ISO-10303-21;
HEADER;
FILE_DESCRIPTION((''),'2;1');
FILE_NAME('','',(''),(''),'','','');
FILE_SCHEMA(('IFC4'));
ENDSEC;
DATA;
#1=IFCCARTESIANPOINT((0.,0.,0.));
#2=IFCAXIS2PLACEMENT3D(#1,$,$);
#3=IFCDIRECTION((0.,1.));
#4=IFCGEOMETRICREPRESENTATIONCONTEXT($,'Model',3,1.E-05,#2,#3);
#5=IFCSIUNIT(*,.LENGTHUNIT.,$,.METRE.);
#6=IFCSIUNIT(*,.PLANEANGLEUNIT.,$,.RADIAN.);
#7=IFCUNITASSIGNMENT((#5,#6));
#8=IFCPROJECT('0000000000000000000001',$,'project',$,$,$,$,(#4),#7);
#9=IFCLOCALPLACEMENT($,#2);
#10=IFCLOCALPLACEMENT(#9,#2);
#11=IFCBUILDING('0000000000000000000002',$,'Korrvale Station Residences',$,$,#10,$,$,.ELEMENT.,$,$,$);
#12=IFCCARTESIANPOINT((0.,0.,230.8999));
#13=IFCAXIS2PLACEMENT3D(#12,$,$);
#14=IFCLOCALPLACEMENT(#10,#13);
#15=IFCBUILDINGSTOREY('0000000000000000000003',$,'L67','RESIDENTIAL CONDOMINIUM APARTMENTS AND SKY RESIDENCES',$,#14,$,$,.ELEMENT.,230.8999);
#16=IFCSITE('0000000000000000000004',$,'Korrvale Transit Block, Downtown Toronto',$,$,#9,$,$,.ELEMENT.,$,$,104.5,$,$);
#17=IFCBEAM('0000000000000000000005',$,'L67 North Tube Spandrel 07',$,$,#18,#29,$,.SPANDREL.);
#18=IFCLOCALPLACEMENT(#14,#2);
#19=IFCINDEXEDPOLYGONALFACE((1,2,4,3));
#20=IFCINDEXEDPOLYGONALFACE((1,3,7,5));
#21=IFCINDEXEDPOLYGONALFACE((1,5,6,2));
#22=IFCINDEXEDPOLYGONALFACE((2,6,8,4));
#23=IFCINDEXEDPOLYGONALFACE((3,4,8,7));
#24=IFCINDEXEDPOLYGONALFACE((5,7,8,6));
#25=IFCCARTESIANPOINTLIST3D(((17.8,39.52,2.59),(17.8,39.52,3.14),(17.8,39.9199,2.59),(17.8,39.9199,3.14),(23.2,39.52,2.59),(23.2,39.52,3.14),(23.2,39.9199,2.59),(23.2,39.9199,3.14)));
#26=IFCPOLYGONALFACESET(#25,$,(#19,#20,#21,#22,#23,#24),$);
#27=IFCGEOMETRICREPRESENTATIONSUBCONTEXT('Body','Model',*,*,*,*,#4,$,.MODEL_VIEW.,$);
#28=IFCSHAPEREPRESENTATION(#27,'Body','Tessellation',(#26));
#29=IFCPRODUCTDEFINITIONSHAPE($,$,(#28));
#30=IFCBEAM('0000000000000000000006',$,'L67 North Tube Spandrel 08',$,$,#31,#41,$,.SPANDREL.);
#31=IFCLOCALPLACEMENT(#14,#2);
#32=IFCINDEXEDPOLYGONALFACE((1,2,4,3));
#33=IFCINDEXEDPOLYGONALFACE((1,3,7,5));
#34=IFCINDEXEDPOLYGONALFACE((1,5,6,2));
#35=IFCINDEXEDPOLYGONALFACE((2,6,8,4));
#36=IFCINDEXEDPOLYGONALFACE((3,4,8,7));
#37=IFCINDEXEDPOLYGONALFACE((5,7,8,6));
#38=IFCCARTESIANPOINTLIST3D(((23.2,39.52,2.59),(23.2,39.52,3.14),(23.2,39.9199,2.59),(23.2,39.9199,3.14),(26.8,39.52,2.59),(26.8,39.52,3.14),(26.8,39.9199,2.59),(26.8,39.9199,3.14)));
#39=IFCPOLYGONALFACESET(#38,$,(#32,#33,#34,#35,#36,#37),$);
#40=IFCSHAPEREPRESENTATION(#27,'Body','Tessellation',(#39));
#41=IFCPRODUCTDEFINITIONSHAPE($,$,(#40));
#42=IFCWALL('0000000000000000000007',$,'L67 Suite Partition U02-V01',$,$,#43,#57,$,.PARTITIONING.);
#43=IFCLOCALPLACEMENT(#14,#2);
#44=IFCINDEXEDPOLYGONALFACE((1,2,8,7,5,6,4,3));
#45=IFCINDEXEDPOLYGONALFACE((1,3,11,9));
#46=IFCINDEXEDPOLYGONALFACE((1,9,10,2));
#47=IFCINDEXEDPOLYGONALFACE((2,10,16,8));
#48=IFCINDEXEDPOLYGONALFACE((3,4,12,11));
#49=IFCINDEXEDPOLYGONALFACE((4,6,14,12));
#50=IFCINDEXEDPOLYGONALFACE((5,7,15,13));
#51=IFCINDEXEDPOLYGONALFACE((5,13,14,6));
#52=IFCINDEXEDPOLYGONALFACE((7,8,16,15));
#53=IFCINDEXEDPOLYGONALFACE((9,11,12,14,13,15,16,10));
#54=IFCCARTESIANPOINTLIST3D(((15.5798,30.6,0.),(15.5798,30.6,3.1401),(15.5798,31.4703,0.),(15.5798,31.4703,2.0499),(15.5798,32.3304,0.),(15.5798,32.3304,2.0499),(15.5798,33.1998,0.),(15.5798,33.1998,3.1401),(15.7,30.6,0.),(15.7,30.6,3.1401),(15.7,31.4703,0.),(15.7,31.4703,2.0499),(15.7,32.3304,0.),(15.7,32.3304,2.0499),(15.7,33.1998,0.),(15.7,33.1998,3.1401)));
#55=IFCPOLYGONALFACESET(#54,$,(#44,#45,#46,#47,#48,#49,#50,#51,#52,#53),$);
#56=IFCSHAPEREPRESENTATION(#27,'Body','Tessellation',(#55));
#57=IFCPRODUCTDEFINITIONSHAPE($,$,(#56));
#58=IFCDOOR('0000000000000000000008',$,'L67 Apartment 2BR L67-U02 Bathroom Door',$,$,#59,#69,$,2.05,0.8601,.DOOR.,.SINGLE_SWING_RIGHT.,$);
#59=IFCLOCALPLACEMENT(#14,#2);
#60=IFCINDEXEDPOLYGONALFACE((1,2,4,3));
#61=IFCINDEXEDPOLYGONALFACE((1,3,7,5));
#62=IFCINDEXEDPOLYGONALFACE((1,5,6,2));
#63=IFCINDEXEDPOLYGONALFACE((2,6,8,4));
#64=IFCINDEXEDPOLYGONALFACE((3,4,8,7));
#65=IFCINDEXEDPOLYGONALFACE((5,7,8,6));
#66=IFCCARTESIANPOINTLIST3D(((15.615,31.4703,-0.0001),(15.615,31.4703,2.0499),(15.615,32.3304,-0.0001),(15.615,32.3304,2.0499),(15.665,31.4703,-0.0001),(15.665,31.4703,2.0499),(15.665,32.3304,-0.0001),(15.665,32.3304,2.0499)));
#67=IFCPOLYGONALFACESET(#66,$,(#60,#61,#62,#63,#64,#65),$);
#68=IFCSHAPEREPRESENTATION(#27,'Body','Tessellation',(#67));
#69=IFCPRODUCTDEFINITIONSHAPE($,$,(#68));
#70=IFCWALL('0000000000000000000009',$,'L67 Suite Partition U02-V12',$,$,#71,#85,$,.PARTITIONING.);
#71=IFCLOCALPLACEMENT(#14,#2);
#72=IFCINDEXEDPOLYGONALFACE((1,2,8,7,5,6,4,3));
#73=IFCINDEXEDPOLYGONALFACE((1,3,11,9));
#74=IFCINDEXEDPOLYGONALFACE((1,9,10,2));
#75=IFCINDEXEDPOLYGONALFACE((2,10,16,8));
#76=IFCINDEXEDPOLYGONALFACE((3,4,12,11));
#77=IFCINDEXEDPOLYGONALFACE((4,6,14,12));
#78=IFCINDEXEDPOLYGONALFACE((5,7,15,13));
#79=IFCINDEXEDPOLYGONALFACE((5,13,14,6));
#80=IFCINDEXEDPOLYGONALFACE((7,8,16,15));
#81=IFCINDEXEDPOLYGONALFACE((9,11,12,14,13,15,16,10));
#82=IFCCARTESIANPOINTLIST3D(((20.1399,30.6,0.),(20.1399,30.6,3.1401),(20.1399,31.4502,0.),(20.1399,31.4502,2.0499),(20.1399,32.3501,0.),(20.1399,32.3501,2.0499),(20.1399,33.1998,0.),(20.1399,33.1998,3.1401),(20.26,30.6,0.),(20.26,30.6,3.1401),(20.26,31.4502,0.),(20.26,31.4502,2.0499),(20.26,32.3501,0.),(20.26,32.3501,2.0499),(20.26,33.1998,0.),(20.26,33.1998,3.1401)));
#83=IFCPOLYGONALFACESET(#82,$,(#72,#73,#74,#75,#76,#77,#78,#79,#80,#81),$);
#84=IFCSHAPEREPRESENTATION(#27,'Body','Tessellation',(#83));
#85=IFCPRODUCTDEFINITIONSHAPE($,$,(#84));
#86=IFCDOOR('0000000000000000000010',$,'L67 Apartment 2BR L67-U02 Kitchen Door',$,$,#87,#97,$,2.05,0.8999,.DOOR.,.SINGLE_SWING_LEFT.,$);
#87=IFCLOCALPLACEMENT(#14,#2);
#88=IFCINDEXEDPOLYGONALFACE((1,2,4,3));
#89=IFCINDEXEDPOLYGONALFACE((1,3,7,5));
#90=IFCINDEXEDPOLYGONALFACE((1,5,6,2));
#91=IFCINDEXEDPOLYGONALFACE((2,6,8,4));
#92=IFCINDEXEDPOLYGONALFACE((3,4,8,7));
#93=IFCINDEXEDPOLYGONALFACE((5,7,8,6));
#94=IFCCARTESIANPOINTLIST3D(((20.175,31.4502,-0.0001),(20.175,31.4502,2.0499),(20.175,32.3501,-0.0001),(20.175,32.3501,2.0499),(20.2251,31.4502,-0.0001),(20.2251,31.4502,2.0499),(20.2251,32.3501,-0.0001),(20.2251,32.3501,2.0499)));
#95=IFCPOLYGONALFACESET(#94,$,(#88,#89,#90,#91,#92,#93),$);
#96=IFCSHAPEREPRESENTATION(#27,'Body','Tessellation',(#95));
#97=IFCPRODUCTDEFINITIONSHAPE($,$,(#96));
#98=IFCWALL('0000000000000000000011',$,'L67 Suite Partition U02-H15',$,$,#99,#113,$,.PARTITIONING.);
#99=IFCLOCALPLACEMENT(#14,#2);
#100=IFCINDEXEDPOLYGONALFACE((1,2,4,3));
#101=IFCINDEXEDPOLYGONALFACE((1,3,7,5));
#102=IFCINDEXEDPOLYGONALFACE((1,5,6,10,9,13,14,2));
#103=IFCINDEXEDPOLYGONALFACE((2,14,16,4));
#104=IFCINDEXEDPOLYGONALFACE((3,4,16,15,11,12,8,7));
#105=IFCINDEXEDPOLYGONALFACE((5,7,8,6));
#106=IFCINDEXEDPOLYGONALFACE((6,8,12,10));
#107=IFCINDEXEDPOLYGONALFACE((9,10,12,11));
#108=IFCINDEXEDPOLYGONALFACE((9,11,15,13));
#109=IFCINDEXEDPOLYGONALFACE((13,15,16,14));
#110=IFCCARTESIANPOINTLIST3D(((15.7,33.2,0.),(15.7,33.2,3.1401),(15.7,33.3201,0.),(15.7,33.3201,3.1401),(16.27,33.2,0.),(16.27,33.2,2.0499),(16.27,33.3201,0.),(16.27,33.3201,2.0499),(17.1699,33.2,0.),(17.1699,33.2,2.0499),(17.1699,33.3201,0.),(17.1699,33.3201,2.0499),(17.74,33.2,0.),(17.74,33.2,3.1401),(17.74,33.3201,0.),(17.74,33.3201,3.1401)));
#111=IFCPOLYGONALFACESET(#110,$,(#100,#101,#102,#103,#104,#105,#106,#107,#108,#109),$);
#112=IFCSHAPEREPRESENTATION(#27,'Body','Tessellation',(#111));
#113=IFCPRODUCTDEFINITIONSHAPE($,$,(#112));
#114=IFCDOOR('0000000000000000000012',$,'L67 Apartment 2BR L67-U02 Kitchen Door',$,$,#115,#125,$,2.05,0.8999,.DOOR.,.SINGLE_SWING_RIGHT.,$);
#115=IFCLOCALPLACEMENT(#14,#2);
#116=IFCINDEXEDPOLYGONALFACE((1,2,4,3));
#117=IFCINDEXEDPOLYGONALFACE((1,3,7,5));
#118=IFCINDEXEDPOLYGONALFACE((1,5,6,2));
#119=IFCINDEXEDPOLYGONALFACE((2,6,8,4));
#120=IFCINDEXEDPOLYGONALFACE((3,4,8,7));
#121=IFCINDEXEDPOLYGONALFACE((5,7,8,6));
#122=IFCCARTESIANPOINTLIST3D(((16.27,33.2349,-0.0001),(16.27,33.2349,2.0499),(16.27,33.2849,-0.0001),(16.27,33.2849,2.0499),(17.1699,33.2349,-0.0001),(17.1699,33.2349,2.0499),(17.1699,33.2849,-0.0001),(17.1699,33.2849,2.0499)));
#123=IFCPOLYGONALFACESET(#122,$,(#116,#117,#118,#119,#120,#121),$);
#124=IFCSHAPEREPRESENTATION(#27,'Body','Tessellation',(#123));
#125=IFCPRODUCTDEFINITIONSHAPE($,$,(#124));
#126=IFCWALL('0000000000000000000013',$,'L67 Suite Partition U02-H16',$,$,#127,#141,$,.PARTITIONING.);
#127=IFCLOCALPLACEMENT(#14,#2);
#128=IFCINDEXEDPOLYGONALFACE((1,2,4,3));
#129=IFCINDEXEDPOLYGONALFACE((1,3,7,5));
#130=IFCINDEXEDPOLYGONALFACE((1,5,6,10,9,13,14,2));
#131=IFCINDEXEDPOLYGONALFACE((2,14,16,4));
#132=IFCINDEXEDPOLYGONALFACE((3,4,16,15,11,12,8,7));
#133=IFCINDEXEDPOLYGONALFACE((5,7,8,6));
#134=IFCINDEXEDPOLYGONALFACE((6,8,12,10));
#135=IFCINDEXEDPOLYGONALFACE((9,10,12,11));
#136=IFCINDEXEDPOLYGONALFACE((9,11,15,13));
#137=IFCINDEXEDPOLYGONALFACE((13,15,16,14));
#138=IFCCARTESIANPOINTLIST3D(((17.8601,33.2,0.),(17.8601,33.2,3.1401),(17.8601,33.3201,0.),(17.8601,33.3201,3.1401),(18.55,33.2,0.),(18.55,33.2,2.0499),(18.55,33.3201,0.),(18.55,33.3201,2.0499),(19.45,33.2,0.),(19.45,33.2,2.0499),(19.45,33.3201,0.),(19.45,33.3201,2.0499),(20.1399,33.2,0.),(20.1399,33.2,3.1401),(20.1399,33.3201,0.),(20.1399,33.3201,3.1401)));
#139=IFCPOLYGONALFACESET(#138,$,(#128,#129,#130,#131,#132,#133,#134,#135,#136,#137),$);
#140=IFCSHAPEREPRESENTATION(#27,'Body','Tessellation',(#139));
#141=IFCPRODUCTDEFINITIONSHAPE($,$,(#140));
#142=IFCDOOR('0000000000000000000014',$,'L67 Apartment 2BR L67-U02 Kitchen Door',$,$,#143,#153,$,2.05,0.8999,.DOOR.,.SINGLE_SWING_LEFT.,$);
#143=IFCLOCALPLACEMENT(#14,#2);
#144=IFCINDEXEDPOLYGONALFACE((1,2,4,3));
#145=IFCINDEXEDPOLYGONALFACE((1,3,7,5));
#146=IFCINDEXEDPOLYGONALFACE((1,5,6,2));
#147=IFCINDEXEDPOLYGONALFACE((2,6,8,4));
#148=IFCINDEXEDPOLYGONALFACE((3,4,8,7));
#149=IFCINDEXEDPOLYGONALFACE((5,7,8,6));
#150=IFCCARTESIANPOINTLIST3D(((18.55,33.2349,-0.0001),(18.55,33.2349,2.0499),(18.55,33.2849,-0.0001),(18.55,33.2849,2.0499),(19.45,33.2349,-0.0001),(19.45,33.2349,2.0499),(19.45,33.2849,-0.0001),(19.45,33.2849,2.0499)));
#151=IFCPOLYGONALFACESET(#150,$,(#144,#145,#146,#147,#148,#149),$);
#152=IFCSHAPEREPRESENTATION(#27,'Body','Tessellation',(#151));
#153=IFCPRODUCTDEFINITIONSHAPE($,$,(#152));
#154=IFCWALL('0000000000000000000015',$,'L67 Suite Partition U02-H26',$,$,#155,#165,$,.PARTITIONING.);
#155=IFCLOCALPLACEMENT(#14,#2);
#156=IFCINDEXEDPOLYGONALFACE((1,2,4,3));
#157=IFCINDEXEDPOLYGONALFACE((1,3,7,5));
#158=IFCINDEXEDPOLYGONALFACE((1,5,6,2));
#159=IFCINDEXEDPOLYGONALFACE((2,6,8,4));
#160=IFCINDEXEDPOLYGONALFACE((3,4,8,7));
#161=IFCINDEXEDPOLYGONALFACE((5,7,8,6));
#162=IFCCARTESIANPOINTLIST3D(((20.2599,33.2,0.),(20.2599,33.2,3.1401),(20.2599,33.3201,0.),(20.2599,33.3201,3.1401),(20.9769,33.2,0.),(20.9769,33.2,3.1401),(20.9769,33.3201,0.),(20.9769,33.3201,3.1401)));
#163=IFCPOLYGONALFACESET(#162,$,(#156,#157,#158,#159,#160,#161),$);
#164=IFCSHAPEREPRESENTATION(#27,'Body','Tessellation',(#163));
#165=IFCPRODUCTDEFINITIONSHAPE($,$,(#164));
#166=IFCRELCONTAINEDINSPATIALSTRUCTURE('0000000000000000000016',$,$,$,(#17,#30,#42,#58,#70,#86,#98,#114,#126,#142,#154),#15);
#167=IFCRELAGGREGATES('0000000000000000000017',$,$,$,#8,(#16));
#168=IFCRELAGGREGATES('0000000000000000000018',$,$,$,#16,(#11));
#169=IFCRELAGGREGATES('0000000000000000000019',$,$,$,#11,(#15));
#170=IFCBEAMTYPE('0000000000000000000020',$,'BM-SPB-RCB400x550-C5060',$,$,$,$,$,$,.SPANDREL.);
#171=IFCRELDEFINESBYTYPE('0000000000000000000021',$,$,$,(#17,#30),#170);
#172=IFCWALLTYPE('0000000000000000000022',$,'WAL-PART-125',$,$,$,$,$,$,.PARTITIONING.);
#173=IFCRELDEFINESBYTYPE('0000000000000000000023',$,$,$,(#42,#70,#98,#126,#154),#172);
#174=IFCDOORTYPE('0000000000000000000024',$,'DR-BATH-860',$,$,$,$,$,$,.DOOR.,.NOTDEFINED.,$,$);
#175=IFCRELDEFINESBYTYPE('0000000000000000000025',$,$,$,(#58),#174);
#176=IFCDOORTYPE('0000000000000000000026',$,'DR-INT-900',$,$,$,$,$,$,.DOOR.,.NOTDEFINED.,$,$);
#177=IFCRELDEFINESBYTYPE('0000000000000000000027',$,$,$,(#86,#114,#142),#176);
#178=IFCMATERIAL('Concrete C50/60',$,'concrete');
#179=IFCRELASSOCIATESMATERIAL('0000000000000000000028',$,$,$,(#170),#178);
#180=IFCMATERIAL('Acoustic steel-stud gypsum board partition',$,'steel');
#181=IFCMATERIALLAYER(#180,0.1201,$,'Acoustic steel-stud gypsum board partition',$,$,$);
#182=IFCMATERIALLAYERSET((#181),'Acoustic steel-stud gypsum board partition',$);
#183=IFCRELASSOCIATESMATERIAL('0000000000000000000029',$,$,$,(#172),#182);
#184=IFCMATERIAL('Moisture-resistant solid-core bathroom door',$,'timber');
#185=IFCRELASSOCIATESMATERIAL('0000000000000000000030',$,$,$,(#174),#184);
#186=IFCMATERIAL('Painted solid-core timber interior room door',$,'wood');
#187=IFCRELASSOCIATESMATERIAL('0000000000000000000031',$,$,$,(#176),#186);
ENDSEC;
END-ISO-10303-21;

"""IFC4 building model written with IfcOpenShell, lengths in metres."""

from ifc_helpers import new_model, si_unit, direction, frame, frame_2d, origin, origin_2d, place, context, subcontext, project, spatial, rectangle, extrude, material, layer, layer_set, material_profile, profile_set, type_object, element, fill, save


model = new_model("IFC4")

# Units and contexts
model_context = context("Model", 3, precision=1e-05, world=origin(), true_north=direction((0.0, 1.0)))
body_context = subcontext(model_context, "Body", "Model", "MODEL_VIEW")
ifc_project = project(units=[si_unit("LENGTHUNIT", "METRE"), si_unit("PLANEANGLEUNIT", "RADIAN")], contexts=[model_context])

# Site, building, storey
site_placement = place(None, origin())
site = spatial("IfcSite", under=ifc_project, at=site_placement, Name="Korrvale Transit Block, Downtown Toronto", CompositionType="ELEMENT", RefElevation=104.5)
building_placement = place(site_placement, origin())
building = spatial("IfcBuilding", under=site, at=building_placement, Name="Korrvale Station Residences", CompositionType="ELEMENT")
storey_placement = place(building_placement, frame((0.0, 0.0, 230.8999)))
storey = spatial("IfcBuildingStorey", under=building, at=storey_placement, Name="L67", Description="RESIDENTIAL CONDOMINIUM APARTMENTS AND SKY RESIDENCES", CompositionType="ELEMENT", Elevation=230.8999)

# Shared definitions
ifc_material_1 = material(Name="Concrete C50/60", Category="concrete")

# Beams
ifc_material_profile_1 = material_profile(ifc_material_1, rectangle(XDim=0.3999, YDim=0.55, at=origin_2d()), Name="RCB400x550")
ifc_profile_set_1 = profile_set([ifc_material_profile_1], Name="Concrete C50/60")
beam_type_1 = type_object("IfcBeamType", Name="BM-SPB-RCB400x550-C5060", PredefinedType="SPANDREL", material=ifc_profile_set_1)
beam_1_placement = place(storey_placement, frame((17.8, 39.72, 2.865), z_axis=(1.0, 0.0, 0.0), x_axis=(0.0, 1.0, 0.0)))
element("IfcBeam", 1, at=beam_1_placement, inside=storey, type_object=beam_type_1, Name="L67 North Tube Spandrel 07", PredefinedType="SPANDREL", context=body_context, shape_type="SweptSolid", body=[
    extrude(rectangle(XDim=0.3999, YDim=0.55, at=origin_2d()), origin(), (0.0, 0.0, 1.0), 5.3999),
])
beam_2_placement = place(storey_placement, frame((23.2, 39.72, 2.865), z_axis=(1.0, 0.0, 0.0), x_axis=(0.0, 1.0, 0.0)))
element("IfcBeam", 2, at=beam_2_placement, inside=storey, type_object=beam_type_1, Name="L67 North Tube Spandrel 08", PredefinedType="SPANDREL", context=body_context, shape_type="SweptSolid", body=[
    extrude(rectangle(XDim=0.3999, YDim=0.55, at=origin_2d()), origin(), (0.0, 0.0, 1.0), 3.6001),
])

# Walls, openings, doors
ifc_material_2 = material(Name="Acoustic steel-stud gypsum board partition", Category="steel")
ifc_layer_1 = layer(ifc_material_2, 0.1201, Name="Acoustic steel-stud gypsum board partition")
ifc_layer_set_1 = layer_set([ifc_layer_1], Name="Acoustic steel-stud gypsum board partition")
wall_type = type_object("IfcWallType", Name="WAL-PART-125", PredefinedType="PARTITIONING", material=ifc_layer_set_1)
wall_1_placement = place(storey_placement, frame((15.6399, 30.6001, 0.0), z_axis=(0.0, 0.0, 1.0), x_axis=(0.0, 1.0, 0.0)))
wall_1 = element("IfcWall", 3, at=wall_1_placement, inside=storey, type_object=wall_type, Name="L67 Suite Partition U02-V01", PredefinedType="PARTITIONING", context=body_context, shape_type="SweptSolid", body=[
    extrude(rectangle(XDim=2.5999, YDim=0.1201, at=frame_2d((1.2998, 0.0))), origin(), (0.0, 0.0, 1.0), 3.1401),
])
opening_1_placement = place(wall_1_placement, frame((0.8701, 0.0, 0.0)))
opening_1 = element("IfcOpeningElement", 4, at=opening_1_placement, cuts=wall_1, PredefinedType="OPENING", context=body_context, shape_type="SweptSolid", body=[
    extrude(rectangle(XDim=0.8601, YDim=2.05, at=frame_2d((0.4302, 1.0249))), frame((0.0, 0.0701, 0.0), z_axis=(0.0, -1.0, 0.0), x_axis=(1.0, 0.0, 0.0)), (0.0, 0.0, 1.0), 0.1401),
])
ifc_material_3 = material(Name="Moisture-resistant solid-core bathroom door", Category="timber")
door_type_1 = type_object("IfcDoorType", Name="DR-BATH-860", OperationType="NOTDEFINED", PredefinedType="DOOR", material=ifc_material_3)
door_1_placement = place(opening_1_placement, origin())
door_1 = element("IfcDoor", 5, at=door_1_placement, inside=storey, type_object=door_type_1, Name="L67 Apartment 2BR L67-U02 Bathroom Door", OperationType="SINGLE_SWING_RIGHT", OverallHeight=2.05, OverallWidth=0.8601, PredefinedType="DOOR", context=body_context, shape_type="SweptSolid", body=[
    extrude(rectangle(XDim=0.8601, YDim=2.05, at=frame_2d((0.4302, 1.0249))), frame((0.0, 0.0249, 0.0), z_axis=(0.0, -1.0, 0.0), x_axis=(1.0, 0.0, 0.0)), (0.0, 0.0, 1.0), 0.05),
])
fill(opening_1, door_1)
wall_2_placement = place(storey_placement, frame((20.2, 30.6001, 0.0), z_axis=(0.0, 0.0, 1.0), x_axis=(0.0, 1.0, 0.0)))
wall_2 = element("IfcWall", 6, at=wall_2_placement, inside=storey, type_object=wall_type, Name="L67 Suite Partition U02-V12", PredefinedType="PARTITIONING", context=body_context, shape_type="SweptSolid", body=[
    extrude(rectangle(XDim=2.5999, YDim=0.1201, at=frame_2d((1.2998, 0.0))), origin(), (0.0, 0.0, 1.0), 3.1401),
])
opening_2_placement = place(wall_2_placement, frame((0.8501, 0.0, 0.0)))
opening_2 = element("IfcOpeningElement", 7, at=opening_2_placement, cuts=wall_2, PredefinedType="OPENING", context=body_context, shape_type="SweptSolid", body=[
    extrude(rectangle(XDim=0.8999, YDim=2.05, at=frame_2d((0.45, 1.0249))), frame((0.0, 0.0701, 0.0), z_axis=(0.0, -1.0, 0.0), x_axis=(1.0, 0.0, 0.0)), (0.0, 0.0, 1.0), 0.1401),
])
ifc_material_4 = material(Name="Painted solid-core timber interior room door", Category="wood")
door_type_2 = type_object("IfcDoorType", Name="DR-INT-900", OperationType="NOTDEFINED", PredefinedType="DOOR", material=ifc_material_4)
door_2_placement = place(opening_2_placement, origin())
door_2 = element("IfcDoor", 8, at=door_2_placement, inside=storey, type_object=door_type_2, Name="L67 Apartment 2BR L67-U02 Kitchen Door", OperationType="SINGLE_SWING_LEFT", OverallHeight=2.05, OverallWidth=0.8999, PredefinedType="DOOR", context=body_context, shape_type="SweptSolid", body=[
    extrude(rectangle(XDim=0.8999, YDim=2.05, at=frame_2d((0.45, 1.0249))), frame((0.0, 0.0249, 0.0), z_axis=(0.0, -1.0, 0.0), x_axis=(1.0, 0.0, 0.0)), (0.0, 0.0, 1.0), 0.05),
])
fill(opening_2, door_2)
wall_3_placement = place(storey_placement, frame((15.7, 33.26, 0.0), z_axis=(0.0, 0.0, 1.0), x_axis=(1.0, 0.0, 0.0)))
wall_3 = element("IfcWall", 9, at=wall_3_placement, inside=storey, type_object=wall_type, Name="L67 Suite Partition U02-H15", PredefinedType="PARTITIONING", context=body_context, shape_type="SweptSolid", body=[
    extrude(rectangle(XDim=2.04, YDim=0.1201, at=frame_2d((1.02, 0.0))), origin(), (0.0, 0.0, 1.0), 3.1401),
])
opening_3_placement = place(wall_3_placement, frame((0.5701, 0.0, 0.0)))
opening_3 = element("IfcOpeningElement", 10, at=opening_3_placement, cuts=wall_3, PredefinedType="OPENING", context=body_context, shape_type="SweptSolid", body=[
    extrude(rectangle(XDim=0.8999, YDim=2.05, at=frame_2d((0.45, 1.0249))), frame((0.0, 0.0701, 0.0), z_axis=(0.0, -1.0, 0.0), x_axis=(1.0, 0.0, 0.0)), (0.0, 0.0, 1.0), 0.1401),
])
door_3_placement = place(opening_3_placement, origin())
door_3 = element("IfcDoor", 11, at=door_3_placement, inside=storey, type_object=door_type_2, Name="L67 Apartment 2BR L67-U02 Kitchen Door", OperationType="SINGLE_SWING_RIGHT", OverallHeight=2.05, OverallWidth=0.8999, PredefinedType="DOOR", context=body_context, shape_type="SweptSolid", body=[
    extrude(rectangle(XDim=0.8999, YDim=2.05, at=frame_2d((0.45, 1.0249))), frame((0.0, 0.0249, 0.0), z_axis=(0.0, -1.0, 0.0), x_axis=(1.0, 0.0, 0.0)), (0.0, 0.0, 1.0), 0.05),
])
fill(opening_3, door_3)
wall_4_placement = place(storey_placement, frame((17.8601, 33.26, 0.0), z_axis=(0.0, 0.0, 1.0), x_axis=(1.0, 0.0, 0.0)))
wall_4 = element("IfcWall", 12, at=wall_4_placement, inside=storey, type_object=wall_type, Name="L67 Suite Partition U02-H16", PredefinedType="PARTITIONING", context=body_context, shape_type="SweptSolid", body=[
    extrude(rectangle(XDim=2.2798, YDim=0.1201, at=frame_2d((1.1399, 0.0))), origin(), (0.0, 0.0, 1.0), 3.1401),
])
opening_4_placement = place(wall_4_placement, frame((0.6899, 0.0, 0.0)))
opening_4 = element("IfcOpeningElement", 13, at=opening_4_placement, cuts=wall_4, PredefinedType="OPENING", context=body_context, shape_type="SweptSolid", body=[
    extrude(rectangle(XDim=0.8999, YDim=2.05, at=frame_2d((0.45, 1.0249))), frame((0.0, 0.0701, 0.0), z_axis=(0.0, -1.0, 0.0), x_axis=(1.0, 0.0, 0.0)), (0.0, 0.0, 1.0), 0.1401),
])
door_4_placement = place(opening_4_placement, origin())
door_4 = element("IfcDoor", 14, at=door_4_placement, inside=storey, type_object=door_type_2, Name="L67 Apartment 2BR L67-U02 Kitchen Door", OperationType="SINGLE_SWING_LEFT", OverallHeight=2.05, OverallWidth=0.8999, PredefinedType="DOOR", context=body_context, shape_type="SweptSolid", body=[
    extrude(rectangle(XDim=0.8999, YDim=2.05, at=frame_2d((0.45, 1.0249))), frame((0.0, 0.0249, 0.0), z_axis=(0.0, -1.0, 0.0), x_axis=(1.0, 0.0, 0.0)), (0.0, 0.0, 1.0), 0.05),
])
fill(opening_4, door_4)

# Wall
wall_5_placement = place(storey_placement, frame((20.26, 33.26, 0.0), z_axis=(0.0, 0.0, 1.0), x_axis=(1.0, 0.0, 0.0)))
element("IfcWall", 15, at=wall_5_placement, inside=storey, type_object=wall_type, Name="L67 Suite Partition U02-H26", PredefinedType="PARTITIONING", context=body_context, shape_type="SweptSolid", body=[
    extrude(rectangle(XDim=0.717, YDim=0.1201, at=frame_2d((0.3584, 0.0))), origin(), (0.0, 0.0, 1.0), 3.1401),
])

save(model, "model.ifc")
